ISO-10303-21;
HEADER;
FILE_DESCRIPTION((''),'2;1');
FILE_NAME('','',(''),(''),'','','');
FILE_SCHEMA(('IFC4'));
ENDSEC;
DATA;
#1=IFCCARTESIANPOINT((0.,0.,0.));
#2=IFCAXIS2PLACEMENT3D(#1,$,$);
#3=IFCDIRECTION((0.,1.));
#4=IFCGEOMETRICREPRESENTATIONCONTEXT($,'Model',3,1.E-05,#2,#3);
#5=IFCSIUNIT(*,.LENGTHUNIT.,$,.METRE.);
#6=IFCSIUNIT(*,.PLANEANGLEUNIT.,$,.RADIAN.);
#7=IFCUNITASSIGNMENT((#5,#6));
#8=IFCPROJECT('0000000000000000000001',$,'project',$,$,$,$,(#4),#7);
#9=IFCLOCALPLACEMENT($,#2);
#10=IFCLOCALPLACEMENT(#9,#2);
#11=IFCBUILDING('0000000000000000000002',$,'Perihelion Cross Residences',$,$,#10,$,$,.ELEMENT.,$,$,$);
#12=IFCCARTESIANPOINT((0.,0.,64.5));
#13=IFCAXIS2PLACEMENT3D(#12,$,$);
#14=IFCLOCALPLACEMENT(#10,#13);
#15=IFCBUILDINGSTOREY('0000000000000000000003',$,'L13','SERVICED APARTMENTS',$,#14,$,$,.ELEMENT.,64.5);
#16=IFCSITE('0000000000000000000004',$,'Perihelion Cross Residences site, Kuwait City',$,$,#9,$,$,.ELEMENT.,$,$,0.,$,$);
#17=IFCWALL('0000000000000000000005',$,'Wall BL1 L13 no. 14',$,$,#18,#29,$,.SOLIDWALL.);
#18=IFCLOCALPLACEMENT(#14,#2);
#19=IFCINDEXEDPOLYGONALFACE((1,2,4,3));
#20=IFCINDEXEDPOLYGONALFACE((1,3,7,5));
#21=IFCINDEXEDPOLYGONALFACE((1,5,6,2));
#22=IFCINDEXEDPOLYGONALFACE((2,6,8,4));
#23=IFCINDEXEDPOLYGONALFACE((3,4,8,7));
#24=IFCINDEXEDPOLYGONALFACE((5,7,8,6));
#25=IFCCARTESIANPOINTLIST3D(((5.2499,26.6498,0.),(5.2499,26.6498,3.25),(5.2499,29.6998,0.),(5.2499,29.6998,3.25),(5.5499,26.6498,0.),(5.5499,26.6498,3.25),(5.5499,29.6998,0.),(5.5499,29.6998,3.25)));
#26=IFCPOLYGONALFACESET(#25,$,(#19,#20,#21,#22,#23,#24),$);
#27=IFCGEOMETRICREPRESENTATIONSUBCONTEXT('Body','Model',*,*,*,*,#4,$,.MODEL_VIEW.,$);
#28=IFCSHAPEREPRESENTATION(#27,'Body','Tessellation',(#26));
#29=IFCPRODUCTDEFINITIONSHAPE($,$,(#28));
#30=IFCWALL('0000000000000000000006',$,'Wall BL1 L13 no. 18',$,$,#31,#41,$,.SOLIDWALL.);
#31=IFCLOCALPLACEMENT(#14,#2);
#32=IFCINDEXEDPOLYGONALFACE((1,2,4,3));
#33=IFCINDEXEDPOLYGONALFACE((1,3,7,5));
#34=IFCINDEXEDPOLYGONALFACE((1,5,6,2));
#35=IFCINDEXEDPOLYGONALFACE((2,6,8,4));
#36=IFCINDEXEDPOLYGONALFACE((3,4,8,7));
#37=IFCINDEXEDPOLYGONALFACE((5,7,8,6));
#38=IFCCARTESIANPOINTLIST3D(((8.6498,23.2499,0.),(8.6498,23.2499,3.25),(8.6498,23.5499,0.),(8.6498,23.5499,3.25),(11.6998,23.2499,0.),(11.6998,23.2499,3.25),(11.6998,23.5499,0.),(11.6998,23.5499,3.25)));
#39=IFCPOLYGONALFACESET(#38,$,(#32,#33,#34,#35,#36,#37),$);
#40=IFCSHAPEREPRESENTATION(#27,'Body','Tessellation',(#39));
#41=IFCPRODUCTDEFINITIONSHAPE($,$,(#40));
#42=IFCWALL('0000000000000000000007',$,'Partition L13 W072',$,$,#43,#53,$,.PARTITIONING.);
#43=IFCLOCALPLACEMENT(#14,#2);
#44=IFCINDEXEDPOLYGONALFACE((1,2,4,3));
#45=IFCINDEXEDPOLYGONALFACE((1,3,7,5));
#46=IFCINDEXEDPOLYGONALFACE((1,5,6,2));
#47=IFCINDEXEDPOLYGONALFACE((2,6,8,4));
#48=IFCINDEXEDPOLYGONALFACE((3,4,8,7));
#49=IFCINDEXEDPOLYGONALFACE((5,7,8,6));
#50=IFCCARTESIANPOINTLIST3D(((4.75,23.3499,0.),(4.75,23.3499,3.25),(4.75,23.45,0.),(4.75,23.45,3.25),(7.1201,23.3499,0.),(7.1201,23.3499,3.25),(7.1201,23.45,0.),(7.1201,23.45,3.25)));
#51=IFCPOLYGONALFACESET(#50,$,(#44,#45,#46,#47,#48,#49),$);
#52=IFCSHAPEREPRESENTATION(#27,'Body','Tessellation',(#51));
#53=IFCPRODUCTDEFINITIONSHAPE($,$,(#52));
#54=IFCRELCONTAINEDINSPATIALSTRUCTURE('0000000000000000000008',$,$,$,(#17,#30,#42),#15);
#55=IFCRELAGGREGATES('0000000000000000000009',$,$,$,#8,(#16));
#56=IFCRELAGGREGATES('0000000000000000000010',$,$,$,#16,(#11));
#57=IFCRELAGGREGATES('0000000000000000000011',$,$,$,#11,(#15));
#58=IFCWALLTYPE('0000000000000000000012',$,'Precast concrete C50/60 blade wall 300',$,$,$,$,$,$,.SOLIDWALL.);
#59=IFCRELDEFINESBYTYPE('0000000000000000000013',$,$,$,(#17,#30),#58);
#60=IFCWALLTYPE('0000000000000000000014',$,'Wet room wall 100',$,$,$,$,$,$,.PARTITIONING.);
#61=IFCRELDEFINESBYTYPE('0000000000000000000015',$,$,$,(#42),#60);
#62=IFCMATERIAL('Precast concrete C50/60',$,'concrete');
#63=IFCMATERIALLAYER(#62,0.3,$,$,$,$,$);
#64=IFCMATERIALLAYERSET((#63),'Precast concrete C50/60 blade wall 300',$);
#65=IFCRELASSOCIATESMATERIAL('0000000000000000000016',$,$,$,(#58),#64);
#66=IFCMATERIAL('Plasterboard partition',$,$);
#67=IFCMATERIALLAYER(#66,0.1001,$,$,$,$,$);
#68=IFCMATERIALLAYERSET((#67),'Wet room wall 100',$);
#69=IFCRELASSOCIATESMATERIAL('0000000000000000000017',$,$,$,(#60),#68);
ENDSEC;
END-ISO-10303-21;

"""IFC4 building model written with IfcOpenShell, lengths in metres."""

from ifc_helpers import new_model, si_unit, direction, frame, frame_2d, origin, place, context, subcontext, project, spatial, rectangle, extrude, material, layer, layer_set, type_object, element, save


model = new_model("IFC4")

# Units and contexts
model_context = context("Model", 3, precision=1e-05, world=origin(), true_north=direction((0.0, 1.0)))
body_context = subcontext(model_context, "Body", "Model", "MODEL_VIEW")
ifc_project = project(units=[si_unit("LENGTHUNIT", "METRE"), si_unit("PLANEANGLEUNIT", "RADIAN")], contexts=[model_context])

# Site, building, storey
site_placement = place(None, origin())
site = spatial("IfcSite", under=ifc_project, at=site_placement, Name="Perihelion Cross Residences site, Kuwait City", CompositionType="ELEMENT", RefElevation=0.0)
building_placement = place(site_placement, origin())
building = spatial("IfcBuilding", under=site, at=building_placement, Name="Perihelion Cross Residences", CompositionType="ELEMENT")
storey_placement = place(building_placement, frame((0.0, 0.0, 64.5)))
storey = spatial("IfcBuildingStorey", under=building, at=storey_placement, Name="L13", Description="SERVICED APARTMENTS", CompositionType="ELEMENT", Elevation=64.5)

# Walls
ifc_material_1 = material(Name="Precast concrete C50/60", Category="concrete")
ifc_layer_1 = layer(ifc_material_1, 0.3)
ifc_layer_set_1 = layer_set([ifc_layer_1], Name="Precast concrete C50/60 blade wall 300")
wall_type_1 = type_object("IfcWallType", Name="Precast concrete C50/60 blade wall 300", PredefinedType="SOLIDWALL", material=ifc_layer_set_1)
for number, where, z_axis, x_axis, name in (
    (1, (5.3999, 26.6499, 0.0), (0.0, 0.0, 1.0), (0.0, 1.0, 0.0), "Wall BL1 L13 no. 14"),
    (2, (8.6499, 23.3999, 0.0), (0.0, 0.0, 1.0), (1.0, 0.0, 0.0), "Wall BL1 L13 no. 18"),
):
    element("IfcWall", number, at=place(storey_placement, frame(where, z_axis=z_axis, x_axis=x_axis)), inside=storey, type_object=wall_type_1, Name=name, PredefinedType="SOLIDWALL", context=body_context, shape_type="SweptSolid", body=[
        extrude(rectangle(XDim=3.05, YDim=0.3, at=frame_2d((1.5249, 0.0))), origin(), (0.0, 0.0, 1.0), 3.25),
    ])
ifc_material_2 = material(Name="Plasterboard partition")
ifc_layer_2 = layer(ifc_material_2, 0.1001)
ifc_layer_set_2 = layer_set([ifc_layer_2], Name="Wet room wall 100")
wall_type_2 = type_object("IfcWallType", Name="Wet room wall 100", PredefinedType="PARTITIONING", material=ifc_layer_set_2)
wall_1_placement = place(storey_placement, frame((4.75, 23.3999, 0.0), z_axis=(0.0, 0.0, 1.0), x_axis=(1.0, 0.0, 0.0)))
element("IfcWall", 3, at=wall_1_placement, inside=storey, type_object=wall_type_2, Name="Partition L13 W072", PredefinedType="PARTITIONING", context=body_context, shape_type="SweptSolid", body=[
    extrude(rectangle(XDim=2.3701, YDim=0.1001, at=frame_2d((1.1851, 0.0))), origin(), (0.0, 0.0, 1.0), 3.25),
])

save(model, "model.ifc")
